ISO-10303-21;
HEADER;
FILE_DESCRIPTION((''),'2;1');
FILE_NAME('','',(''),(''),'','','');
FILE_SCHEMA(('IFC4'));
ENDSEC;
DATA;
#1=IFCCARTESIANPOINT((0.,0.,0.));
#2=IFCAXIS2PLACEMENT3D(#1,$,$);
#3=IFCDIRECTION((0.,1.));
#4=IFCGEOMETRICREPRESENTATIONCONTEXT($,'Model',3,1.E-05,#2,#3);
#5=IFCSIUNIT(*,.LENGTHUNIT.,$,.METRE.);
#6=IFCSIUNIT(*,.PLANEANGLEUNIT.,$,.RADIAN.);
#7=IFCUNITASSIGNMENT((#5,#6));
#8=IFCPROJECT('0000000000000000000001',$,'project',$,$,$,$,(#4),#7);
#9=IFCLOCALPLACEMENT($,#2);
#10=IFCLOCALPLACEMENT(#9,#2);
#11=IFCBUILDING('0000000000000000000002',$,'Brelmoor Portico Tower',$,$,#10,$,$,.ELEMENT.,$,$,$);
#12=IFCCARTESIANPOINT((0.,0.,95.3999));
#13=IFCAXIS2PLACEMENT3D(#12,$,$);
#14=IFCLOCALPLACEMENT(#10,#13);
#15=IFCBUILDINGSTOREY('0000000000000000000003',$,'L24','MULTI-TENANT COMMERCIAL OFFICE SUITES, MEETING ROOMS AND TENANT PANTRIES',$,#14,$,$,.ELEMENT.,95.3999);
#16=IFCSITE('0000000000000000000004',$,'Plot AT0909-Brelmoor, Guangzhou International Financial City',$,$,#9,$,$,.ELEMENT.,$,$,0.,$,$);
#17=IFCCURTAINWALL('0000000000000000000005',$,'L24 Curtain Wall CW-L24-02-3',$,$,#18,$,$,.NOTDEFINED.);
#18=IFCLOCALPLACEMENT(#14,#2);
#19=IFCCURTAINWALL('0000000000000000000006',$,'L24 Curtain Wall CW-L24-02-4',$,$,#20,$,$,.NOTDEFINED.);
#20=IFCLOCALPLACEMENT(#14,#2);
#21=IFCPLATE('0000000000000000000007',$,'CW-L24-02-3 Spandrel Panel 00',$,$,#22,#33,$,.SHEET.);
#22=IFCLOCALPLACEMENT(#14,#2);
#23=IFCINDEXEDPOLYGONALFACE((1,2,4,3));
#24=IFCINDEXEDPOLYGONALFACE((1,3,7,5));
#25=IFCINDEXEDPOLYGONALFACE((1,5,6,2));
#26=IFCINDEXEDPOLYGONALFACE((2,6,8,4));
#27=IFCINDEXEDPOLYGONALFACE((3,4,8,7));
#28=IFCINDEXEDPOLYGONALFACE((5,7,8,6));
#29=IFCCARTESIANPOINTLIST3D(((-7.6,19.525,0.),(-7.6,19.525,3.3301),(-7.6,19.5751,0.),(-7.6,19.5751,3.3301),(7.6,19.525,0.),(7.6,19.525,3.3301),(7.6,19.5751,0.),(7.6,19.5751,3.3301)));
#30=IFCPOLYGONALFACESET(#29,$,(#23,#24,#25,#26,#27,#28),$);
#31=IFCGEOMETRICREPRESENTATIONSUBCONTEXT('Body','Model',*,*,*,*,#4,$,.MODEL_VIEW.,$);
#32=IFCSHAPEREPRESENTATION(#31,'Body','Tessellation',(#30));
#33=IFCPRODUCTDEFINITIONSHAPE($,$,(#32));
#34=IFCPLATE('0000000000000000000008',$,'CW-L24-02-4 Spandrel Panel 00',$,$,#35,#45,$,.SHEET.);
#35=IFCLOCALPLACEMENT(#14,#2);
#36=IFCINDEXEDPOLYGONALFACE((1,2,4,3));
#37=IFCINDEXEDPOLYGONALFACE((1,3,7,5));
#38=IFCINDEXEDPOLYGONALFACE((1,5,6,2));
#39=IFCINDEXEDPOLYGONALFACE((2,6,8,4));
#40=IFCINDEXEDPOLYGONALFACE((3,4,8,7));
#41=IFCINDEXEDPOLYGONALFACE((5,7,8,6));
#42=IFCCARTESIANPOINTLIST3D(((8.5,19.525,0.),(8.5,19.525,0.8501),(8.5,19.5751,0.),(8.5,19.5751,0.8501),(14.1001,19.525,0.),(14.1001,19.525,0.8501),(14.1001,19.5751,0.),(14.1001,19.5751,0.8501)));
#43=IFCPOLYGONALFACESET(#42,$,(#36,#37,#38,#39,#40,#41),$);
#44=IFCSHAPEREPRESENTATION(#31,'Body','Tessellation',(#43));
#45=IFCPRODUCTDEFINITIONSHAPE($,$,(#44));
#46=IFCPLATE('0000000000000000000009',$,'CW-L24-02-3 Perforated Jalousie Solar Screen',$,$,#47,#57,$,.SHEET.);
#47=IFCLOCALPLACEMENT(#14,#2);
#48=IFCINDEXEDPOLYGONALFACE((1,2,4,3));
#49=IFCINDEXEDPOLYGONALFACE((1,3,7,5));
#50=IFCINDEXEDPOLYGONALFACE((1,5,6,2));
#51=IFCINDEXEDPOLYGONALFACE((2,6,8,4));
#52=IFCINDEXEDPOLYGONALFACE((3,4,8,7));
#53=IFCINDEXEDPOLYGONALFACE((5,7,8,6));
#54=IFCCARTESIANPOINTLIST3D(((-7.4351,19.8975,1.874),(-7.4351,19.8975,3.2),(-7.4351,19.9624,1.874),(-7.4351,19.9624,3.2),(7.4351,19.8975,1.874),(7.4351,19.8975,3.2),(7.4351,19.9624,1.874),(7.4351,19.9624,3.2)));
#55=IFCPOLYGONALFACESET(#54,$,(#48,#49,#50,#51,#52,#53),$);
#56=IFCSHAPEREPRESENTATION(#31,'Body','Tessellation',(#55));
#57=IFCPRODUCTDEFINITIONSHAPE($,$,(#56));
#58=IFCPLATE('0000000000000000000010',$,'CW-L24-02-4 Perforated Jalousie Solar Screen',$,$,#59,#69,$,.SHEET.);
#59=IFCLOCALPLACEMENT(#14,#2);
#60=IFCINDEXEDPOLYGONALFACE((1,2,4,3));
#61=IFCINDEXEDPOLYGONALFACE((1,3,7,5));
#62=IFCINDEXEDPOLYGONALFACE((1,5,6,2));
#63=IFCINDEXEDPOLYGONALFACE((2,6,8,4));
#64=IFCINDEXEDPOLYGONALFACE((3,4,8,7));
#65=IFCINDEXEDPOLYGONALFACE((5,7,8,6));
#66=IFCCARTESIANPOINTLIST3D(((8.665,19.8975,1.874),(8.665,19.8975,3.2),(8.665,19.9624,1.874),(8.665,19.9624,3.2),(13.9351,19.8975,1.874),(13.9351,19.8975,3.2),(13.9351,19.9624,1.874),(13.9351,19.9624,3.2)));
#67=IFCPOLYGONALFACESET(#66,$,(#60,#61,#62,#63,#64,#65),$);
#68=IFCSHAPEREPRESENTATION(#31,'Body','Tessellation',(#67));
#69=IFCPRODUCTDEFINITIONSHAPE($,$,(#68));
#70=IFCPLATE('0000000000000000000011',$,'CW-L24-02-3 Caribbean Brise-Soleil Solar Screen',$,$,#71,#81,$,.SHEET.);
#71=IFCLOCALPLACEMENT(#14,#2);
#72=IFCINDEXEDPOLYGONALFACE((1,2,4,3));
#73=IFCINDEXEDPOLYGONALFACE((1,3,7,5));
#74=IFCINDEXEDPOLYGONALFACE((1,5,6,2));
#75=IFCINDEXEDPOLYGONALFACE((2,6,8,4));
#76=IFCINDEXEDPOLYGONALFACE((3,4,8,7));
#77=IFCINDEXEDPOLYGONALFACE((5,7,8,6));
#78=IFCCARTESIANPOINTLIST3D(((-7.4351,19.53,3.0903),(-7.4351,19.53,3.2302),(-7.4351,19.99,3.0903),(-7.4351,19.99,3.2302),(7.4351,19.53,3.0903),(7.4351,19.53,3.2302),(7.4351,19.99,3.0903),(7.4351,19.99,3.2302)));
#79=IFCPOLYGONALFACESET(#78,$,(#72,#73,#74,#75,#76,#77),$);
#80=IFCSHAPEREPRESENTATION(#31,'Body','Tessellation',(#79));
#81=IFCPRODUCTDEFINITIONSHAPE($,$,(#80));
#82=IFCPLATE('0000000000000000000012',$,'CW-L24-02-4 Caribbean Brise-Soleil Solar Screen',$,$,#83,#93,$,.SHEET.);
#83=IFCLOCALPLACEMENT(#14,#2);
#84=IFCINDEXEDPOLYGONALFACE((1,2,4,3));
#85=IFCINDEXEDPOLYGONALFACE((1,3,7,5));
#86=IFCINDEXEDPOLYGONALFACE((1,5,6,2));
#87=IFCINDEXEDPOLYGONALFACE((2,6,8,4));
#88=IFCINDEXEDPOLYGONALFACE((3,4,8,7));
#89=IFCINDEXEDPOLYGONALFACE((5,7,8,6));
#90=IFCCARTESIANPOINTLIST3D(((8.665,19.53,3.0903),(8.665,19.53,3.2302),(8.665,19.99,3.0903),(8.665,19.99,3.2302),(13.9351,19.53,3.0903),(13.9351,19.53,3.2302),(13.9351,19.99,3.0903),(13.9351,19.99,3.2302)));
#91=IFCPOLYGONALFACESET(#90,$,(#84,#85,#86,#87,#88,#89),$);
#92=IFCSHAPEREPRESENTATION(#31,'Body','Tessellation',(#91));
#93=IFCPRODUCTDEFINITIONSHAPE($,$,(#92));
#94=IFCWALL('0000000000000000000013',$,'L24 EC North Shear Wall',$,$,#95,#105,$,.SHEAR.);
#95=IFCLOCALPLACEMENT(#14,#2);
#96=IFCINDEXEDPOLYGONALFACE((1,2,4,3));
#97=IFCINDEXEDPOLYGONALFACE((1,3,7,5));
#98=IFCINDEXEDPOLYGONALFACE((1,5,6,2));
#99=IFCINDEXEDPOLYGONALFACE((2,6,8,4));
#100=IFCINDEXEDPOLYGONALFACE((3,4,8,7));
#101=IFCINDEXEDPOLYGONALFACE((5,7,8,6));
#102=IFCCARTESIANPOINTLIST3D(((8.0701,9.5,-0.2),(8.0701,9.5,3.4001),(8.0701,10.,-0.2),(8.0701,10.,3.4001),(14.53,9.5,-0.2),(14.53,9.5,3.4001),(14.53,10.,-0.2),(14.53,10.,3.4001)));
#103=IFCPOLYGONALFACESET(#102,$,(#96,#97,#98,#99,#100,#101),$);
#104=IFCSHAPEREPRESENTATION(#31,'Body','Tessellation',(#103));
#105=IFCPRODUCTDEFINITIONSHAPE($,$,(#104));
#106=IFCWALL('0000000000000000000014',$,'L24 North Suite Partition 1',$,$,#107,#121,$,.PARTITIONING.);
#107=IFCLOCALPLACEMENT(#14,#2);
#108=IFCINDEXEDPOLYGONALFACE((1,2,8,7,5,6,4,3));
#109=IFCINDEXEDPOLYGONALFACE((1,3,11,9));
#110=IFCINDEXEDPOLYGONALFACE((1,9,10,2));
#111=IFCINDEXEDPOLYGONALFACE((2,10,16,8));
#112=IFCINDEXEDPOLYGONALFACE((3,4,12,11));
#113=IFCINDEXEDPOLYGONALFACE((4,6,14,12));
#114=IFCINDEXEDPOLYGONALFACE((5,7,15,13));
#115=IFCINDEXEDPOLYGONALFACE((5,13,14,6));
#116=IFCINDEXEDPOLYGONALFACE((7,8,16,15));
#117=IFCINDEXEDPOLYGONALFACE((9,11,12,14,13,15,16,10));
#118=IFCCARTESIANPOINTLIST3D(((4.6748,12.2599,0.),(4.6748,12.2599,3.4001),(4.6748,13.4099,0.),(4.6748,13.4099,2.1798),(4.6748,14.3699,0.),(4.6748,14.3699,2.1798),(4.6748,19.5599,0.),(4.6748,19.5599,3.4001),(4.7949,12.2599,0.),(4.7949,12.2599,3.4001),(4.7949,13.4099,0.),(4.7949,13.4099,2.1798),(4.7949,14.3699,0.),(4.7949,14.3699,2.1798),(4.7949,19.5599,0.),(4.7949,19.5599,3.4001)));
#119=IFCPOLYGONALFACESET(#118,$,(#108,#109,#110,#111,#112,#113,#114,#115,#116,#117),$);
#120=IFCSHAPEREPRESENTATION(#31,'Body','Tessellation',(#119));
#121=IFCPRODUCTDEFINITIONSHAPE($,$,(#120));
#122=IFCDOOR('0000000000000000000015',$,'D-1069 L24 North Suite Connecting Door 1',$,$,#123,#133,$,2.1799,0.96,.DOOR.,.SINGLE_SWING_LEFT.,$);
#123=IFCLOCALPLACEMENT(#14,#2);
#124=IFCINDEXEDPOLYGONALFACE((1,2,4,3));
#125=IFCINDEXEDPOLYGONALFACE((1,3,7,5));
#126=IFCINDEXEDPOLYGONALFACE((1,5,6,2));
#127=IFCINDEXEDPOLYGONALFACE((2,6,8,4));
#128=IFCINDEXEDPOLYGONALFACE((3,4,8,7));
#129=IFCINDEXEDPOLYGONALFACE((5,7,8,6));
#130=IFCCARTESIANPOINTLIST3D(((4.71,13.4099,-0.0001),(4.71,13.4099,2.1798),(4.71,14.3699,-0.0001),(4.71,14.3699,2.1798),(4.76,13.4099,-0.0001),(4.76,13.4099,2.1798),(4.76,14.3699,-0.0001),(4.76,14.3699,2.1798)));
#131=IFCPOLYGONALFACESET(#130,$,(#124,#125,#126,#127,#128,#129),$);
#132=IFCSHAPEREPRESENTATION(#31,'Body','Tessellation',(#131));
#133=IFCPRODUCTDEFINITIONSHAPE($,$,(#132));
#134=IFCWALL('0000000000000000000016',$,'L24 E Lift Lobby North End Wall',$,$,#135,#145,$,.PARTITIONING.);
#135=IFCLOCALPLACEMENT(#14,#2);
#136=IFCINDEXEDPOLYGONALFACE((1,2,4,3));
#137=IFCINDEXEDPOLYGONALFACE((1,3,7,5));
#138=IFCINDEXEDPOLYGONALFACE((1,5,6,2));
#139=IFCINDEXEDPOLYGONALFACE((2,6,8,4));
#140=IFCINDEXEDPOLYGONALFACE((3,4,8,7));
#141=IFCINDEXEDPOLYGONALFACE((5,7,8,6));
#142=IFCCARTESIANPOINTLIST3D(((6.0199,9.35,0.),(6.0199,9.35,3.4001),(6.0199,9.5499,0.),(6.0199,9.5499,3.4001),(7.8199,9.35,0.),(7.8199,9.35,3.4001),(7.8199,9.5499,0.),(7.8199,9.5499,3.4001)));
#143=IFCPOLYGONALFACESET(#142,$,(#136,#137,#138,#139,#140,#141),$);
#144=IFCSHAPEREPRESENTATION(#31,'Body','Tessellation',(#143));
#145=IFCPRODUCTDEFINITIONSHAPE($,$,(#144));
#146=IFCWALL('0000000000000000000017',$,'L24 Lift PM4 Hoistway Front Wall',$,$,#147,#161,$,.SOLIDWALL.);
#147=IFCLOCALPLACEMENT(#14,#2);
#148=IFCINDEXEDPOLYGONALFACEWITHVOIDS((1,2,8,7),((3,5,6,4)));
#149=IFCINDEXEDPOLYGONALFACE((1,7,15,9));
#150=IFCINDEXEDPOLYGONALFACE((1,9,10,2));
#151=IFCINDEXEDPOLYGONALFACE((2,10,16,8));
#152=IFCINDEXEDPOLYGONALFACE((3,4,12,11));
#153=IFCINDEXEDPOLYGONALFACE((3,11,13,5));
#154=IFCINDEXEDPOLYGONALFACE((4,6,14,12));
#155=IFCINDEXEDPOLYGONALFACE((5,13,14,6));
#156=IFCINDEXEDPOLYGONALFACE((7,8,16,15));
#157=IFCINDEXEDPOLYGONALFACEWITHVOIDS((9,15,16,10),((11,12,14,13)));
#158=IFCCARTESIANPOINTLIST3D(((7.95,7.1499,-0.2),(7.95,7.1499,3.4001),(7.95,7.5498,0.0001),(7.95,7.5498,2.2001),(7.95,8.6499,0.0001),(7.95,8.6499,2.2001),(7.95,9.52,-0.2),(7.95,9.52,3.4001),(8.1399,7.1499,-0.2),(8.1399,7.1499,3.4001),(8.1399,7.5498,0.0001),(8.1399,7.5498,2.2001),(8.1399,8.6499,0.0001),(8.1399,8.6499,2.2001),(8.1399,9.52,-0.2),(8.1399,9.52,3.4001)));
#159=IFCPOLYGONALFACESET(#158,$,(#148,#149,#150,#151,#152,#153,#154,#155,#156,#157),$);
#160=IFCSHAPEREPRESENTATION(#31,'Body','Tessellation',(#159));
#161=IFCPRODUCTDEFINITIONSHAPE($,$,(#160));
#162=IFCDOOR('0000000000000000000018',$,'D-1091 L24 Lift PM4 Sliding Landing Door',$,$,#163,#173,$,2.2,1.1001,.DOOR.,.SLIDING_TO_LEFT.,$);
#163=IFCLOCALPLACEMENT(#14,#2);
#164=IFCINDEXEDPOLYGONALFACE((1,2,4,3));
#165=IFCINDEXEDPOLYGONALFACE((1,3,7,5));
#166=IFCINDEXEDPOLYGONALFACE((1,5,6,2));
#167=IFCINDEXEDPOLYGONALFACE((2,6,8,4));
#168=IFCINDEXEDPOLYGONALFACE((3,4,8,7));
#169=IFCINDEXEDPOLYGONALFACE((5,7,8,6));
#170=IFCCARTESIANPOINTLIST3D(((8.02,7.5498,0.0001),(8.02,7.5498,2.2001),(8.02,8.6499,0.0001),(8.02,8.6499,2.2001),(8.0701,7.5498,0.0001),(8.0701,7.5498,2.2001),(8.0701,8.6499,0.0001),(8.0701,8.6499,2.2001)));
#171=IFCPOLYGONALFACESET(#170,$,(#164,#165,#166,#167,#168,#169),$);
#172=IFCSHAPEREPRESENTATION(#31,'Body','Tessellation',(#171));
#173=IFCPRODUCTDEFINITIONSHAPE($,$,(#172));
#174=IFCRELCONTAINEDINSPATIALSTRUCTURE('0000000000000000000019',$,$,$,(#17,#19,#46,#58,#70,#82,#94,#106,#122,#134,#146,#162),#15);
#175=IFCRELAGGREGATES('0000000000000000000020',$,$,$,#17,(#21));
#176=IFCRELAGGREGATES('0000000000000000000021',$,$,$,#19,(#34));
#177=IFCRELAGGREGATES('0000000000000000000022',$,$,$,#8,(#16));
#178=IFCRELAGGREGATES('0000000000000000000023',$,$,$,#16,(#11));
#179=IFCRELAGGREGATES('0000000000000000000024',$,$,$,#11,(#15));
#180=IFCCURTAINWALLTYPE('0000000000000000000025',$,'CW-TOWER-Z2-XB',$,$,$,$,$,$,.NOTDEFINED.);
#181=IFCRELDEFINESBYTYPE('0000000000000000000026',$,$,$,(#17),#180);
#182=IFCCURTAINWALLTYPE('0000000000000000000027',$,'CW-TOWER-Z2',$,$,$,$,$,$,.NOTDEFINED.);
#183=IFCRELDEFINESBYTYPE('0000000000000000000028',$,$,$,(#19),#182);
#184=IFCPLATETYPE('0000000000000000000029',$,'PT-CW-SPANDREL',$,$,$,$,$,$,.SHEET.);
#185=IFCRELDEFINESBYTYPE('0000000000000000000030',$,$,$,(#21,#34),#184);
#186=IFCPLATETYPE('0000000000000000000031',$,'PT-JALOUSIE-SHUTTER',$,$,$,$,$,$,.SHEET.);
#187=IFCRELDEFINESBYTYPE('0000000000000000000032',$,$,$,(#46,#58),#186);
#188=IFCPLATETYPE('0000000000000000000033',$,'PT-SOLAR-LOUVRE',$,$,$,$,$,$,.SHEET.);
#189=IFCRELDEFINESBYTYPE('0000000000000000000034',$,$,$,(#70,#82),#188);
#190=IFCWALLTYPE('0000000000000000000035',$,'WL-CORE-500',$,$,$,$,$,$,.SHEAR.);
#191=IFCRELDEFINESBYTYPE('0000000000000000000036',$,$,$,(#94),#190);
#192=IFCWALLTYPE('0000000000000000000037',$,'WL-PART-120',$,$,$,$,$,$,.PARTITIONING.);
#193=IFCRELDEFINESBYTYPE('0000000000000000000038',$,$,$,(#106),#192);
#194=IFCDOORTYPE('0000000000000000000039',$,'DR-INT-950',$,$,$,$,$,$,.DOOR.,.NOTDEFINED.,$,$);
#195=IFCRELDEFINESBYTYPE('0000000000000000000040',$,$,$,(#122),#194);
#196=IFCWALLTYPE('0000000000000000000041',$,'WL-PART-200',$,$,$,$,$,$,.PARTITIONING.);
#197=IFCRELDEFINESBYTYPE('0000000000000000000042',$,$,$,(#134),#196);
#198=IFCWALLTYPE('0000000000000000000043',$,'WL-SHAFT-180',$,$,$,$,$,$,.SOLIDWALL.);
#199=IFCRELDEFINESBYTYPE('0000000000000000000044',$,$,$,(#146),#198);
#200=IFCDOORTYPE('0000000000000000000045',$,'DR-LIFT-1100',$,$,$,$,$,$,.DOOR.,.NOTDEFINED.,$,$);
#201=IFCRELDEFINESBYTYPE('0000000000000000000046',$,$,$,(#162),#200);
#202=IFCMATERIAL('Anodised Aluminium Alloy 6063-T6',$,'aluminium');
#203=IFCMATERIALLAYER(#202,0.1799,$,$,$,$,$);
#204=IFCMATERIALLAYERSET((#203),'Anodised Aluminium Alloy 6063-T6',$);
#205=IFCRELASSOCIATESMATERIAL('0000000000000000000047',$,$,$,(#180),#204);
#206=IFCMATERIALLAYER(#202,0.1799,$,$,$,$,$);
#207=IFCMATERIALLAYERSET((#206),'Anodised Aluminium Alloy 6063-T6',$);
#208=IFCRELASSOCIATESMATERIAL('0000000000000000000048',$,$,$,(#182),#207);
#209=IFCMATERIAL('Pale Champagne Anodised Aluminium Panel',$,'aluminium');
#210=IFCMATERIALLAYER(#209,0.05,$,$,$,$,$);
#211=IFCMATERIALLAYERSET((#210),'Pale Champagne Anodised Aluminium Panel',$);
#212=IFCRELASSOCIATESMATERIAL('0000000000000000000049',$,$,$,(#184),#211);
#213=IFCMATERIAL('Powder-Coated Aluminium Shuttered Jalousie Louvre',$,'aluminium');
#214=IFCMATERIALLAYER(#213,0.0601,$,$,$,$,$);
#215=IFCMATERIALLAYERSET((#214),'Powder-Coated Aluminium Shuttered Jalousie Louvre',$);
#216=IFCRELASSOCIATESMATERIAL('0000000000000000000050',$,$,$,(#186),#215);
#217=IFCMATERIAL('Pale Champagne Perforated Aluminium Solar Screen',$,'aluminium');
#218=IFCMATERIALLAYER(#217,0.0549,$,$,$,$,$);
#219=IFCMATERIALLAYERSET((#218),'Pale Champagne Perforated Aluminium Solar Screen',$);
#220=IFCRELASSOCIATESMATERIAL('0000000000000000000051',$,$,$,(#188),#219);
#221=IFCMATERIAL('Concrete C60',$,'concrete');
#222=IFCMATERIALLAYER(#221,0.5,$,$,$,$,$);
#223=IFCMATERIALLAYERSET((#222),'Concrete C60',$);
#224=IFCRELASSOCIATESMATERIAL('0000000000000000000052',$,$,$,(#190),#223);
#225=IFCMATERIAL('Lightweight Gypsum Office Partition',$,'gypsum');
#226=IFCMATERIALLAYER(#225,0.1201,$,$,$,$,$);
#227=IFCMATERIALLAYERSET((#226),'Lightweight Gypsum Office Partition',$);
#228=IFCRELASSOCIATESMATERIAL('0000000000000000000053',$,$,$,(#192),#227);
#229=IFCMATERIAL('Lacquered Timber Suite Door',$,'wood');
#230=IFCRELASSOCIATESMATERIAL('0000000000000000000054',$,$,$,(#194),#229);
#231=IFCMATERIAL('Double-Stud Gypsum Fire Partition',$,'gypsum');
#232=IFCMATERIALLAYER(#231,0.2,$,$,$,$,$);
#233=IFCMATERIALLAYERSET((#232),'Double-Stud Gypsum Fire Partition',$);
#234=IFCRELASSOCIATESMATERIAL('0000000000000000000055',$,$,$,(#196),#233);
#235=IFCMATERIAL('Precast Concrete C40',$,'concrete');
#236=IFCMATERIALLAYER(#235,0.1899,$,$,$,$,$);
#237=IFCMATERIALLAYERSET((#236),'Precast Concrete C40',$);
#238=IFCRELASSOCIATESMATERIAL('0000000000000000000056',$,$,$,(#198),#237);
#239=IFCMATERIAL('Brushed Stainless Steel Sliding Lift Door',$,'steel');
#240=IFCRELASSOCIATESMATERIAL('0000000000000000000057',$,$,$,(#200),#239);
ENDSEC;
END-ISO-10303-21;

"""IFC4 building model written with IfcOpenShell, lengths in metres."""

from ifc_helpers import new_model, si_unit, direction, frame, frame_2d, origin, origin_2d, place, context, subcontext, project, spatial, rectangle, extrude, material, layer, layer_set, type_object, element, fill, aggregate, save


model = new_model("IFC4")

# Units and contexts
model_context = context("Model", 3, precision=1e-05, world=origin(), true_north=direction((0.0, 1.0)))
body_context = subcontext(model_context, "Body", "Model", "MODEL_VIEW")
ifc_project = project(units=[si_unit("LENGTHUNIT", "METRE"), si_unit("PLANEANGLEUNIT", "RADIAN")], contexts=[model_context])

# Site, building, storey
site_placement = place(None, origin())
site = spatial("IfcSite", under=ifc_project, at=site_placement, Name="Plot AT0909-Brelmoor, Guangzhou International Financial City", CompositionType="ELEMENT", RefElevation=0.0)
building_placement = place(site_placement, origin())
building = spatial("IfcBuilding", under=site, at=building_placement, Name="Brelmoor Portico Tower", CompositionType="ELEMENT")
storey_placement = place(building_placement, frame((0.0, 0.0, 95.3999)))
storey = spatial("IfcBuildingStorey", under=building, at=storey_placement, Name="L24", Description="MULTI-TENANT COMMERCIAL OFFICE SUITES, MEETING ROOMS AND TENANT PANTRIES", CompositionType="ELEMENT", Elevation=95.3999)

# Curtain wall
ifc_material_1 = material(Name="Anodised Aluminium Alloy 6063-T6", Category="aluminium")
ifc_layer_1 = layer(ifc_material_1, 0.1799)
ifc_layer_set_1 = layer_set([ifc_layer_1], Name="Anodised Aluminium Alloy 6063-T6")
curtain_wall_type_1 = type_object("IfcCurtainWallType", Name="CW-TOWER-Z2-XB", PredefinedType="NOTDEFINED", material=ifc_layer_set_1)
curtain_wall_1_placement = place(storey_placement, origin())
curtain_wall_1 = element("IfcCurtainWall", 1, at=curtain_wall_1_placement, inside=storey, type_object=curtain_wall_type_1, Name="L24 Curtain Wall CW-L24-02-3", PredefinedType="NOTDEFINED")

# Curtain wall
ifc_layer_2 = layer(ifc_material_1, 0.1799)
ifc_layer_set_2 = layer_set([ifc_layer_2], Name="Anodised Aluminium Alloy 6063-T6")
curtain_wall_type_2 = type_object("IfcCurtainWallType", Name="CW-TOWER-Z2", PredefinedType="NOTDEFINED", material=ifc_layer_set_2)
curtain_wall_2_placement = place(storey_placement, origin())
curtain_wall_2 = element("IfcCurtainWall", 2, at=curtain_wall_2_placement, inside=storey, type_object=curtain_wall_type_2, Name="L24 Curtain Wall CW-L24-02-4", PredefinedType="NOTDEFINED")

# Plates
ifc_material_2 = material(Name="Pale Champagne Anodised Aluminium Panel", Category="aluminium")
ifc_layer_3 = layer(ifc_material_2, 0.05)
ifc_layer_set_3 = layer_set([ifc_layer_3], Name="Pale Champagne Anodised Aluminium Panel")
plate_type_1 = type_object("IfcPlateType", Name="PT-CW-SPANDREL", PredefinedType="SHEET", material=ifc_layer_set_3)
plate_1_placement = place(storey_placement, frame((0.0, 19.55, 0.0), z_axis=(0.0, 0.0, 1.0), x_axis=(1.0, 0.0, 0.0)))
plate_1 = element("IfcPlate", 3, at=plate_1_placement, type_object=plate_type_1, Name="CW-L24-02-3 Spandrel Panel 00", PredefinedType="SHEET", context=body_context, shape_type="SweptSolid", body=[
    extrude(rectangle(XDim=15.2, YDim=0.05, at=origin_2d()), origin(), (0.0, 0.0, 1.0), 3.3301),
])
aggregate(curtain_wall_1, [plate_1])
plate_2_placement = place(storey_placement, frame((11.3, 19.55, 0.0), z_axis=(0.0, 0.0, 1.0), x_axis=(1.0, 0.0, 0.0)))
plate_2 = element("IfcPlate", 4, at=plate_2_placement, type_object=plate_type_1, Name="CW-L24-02-4 Spandrel Panel 00", PredefinedType="SHEET", context=body_context, shape_type="SweptSolid", body=[
    extrude(rectangle(XDim=5.6001, YDim=0.05, at=origin_2d()), origin(), (0.0, 0.0, 1.0), 0.8501),
])
aggregate(curtain_wall_2, [plate_2])

# Plates
ifc_material_3 = material(Name="Powder-Coated Aluminium Shuttered Jalousie Louvre", Category="aluminium")
ifc_layer_4 = layer(ifc_material_3, 0.0601)
ifc_layer_set_4 = layer_set([ifc_layer_4], Name="Powder-Coated Aluminium Shuttered Jalousie Louvre")
plate_type_2 = type_object("IfcPlateType", Name="PT-JALOUSIE-SHUTTER", PredefinedType="SHEET", material=ifc_layer_set_4)
plate_3_placement = place(storey_placement, frame((0.0, 19.9299, 1.874), z_axis=(0.0, 0.0, 1.0), x_axis=(1.0, 0.0, 0.0)))
element("IfcPlate", 5, at=plate_3_placement, inside=storey, type_object=plate_type_2, Name="CW-L24-02-3 Perforated Jalousie Solar Screen", PredefinedType="SHEET", context=body_context, shape_type="SweptSolid", body=[
    extrude(rectangle(XDim=14.8701, YDim=0.0649, at=origin_2d()), origin(), (0.0, 0.0, 1.0), 1.3259),
])
plate_4_placement = place(storey_placement, frame((11.3, 19.9299, 1.874), z_axis=(0.0, 0.0, 1.0), x_axis=(1.0, 0.0, 0.0)))
element("IfcPlate", 6, at=plate_4_placement, inside=storey, type_object=plate_type_2, Name="CW-L24-02-4 Perforated Jalousie Solar Screen", PredefinedType="SHEET", context=body_context, shape_type="SweptSolid", body=[
    extrude(rectangle(XDim=5.27, YDim=0.0649, at=origin_2d()), origin(), (0.0, 0.0, 1.0), 1.3259),
])
ifc_material_4 = material(Name="Pale Champagne Perforated Aluminium Solar Screen", Category="aluminium")
ifc_layer_5 = layer(ifc_material_4, 0.0549)
ifc_layer_set_5 = layer_set([ifc_layer_5], Name="Pale Champagne Perforated Aluminium Solar Screen")
plate_type_3 = type_object("IfcPlateType", Name="PT-SOLAR-LOUVRE", PredefinedType="SHEET", material=ifc_layer_set_5)
plate_5_placement = place(storey_placement, frame((0.0, 19.76, 3.0903), z_axis=(0.0, 0.0, 1.0), x_axis=(1.0, 0.0, 0.0)))
element("IfcPlate", 7, at=plate_5_placement, inside=storey, type_object=plate_type_3, Name="CW-L24-02-3 Caribbean Brise-Soleil Solar Screen", PredefinedType="SHEET", context=body_context, shape_type="SweptSolid", body=[
    extrude(rectangle(XDim=14.8701, YDim=0.46, at=origin_2d()), origin(), (0.0, 0.0, 1.0), 0.1399),
])
plate_6_placement = place(storey_placement, frame((11.3, 19.76, 3.0903), z_axis=(0.0, 0.0, 1.0), x_axis=(1.0, 0.0, 0.0)))
element("IfcPlate", 8, at=plate_6_placement, inside=storey, type_object=plate_type_3, Name="CW-L24-02-4 Caribbean Brise-Soleil Solar Screen", PredefinedType="SHEET", context=body_context, shape_type="SweptSolid", body=[
    extrude(rectangle(XDim=5.27, YDim=0.46, at=origin_2d()), origin(), (0.0, 0.0, 1.0), 0.1399),
])

# Wall
ifc_material_5 = material(Name="Concrete C60", Category="concrete")
ifc_layer_6 = layer(ifc_material_5, 0.5)
ifc_layer_set_6 = layer_set([ifc_layer_6], Name="Concrete C60")
wall_type_1 = type_object("IfcWallType", Name="WL-CORE-500", PredefinedType="SHEAR", material=ifc_layer_set_6)
wall_1_placement = place(storey_placement, frame((8.0701, 9.75, -0.2), z_axis=(0.0, 0.0, 1.0), x_axis=(1.0, 0.0, 0.0)))
element("IfcWall", 9, at=wall_1_placement, inside=storey, type_object=wall_type_1, Name="L24 EC North Shear Wall", PredefinedType="SHEAR", context=body_context, shape_type="SweptSolid", body=[
    extrude(rectangle(XDim=6.46, YDim=0.5, at=frame_2d((3.23, 0.0))), origin(), (0.0, 0.0, 1.0), 3.6001),
])

# Wall, opening, door
ifc_material_6 = material(Name="Lightweight Gypsum Office Partition", Category="gypsum")
ifc_layer_7 = layer(ifc_material_6, 0.1201)
ifc_layer_set_7 = layer_set([ifc_layer_7], Name="Lightweight Gypsum Office Partition")
wall_type_2 = type_object("IfcWallType", Name="WL-PART-120", PredefinedType="PARTITIONING", material=ifc_layer_set_7)
wall_2_placement = place(storey_placement, frame((4.7349, 12.26, 0.0), z_axis=(0.0, 0.0, 1.0), x_axis=(0.0, 1.0, 0.0)))
wall_2 = element("IfcWall", 10, at=wall_2_placement, inside=storey, type_object=wall_type_2, Name="L24 North Suite Partition 1", PredefinedType="PARTITIONING", context=body_context, shape_type="SweptSolid", body=[
    extrude(rectangle(XDim=7.3, YDim=0.1201, at=frame_2d((3.6499, 0.0))), origin(), (0.0, 0.0, 1.0), 3.4001),
])
opening_1_placement = place(wall_2_placement, frame((1.1499, 0.0, 0.0)))
opening_1 = element("IfcOpeningElement", 11, at=opening_1_placement, cuts=wall_2, PredefinedType="OPENING", context=body_context, shape_type="SweptSolid", body=[
    extrude(rectangle(XDim=0.96, YDim=2.1799, at=frame_2d((0.48, 1.0898))), frame((0.0, 0.0701, 0.0), z_axis=(0.0, -1.0, 0.0), x_axis=(1.0, 0.0, 0.0)), (0.0, 0.0, 1.0), 0.1401),
])
ifc_material_7 = material(Name="Lacquered Timber Suite Door", Category="wood")
door_type_1 = type_object("IfcDoorType", Name="DR-INT-950", OperationType="NOTDEFINED", PredefinedType="DOOR", material=ifc_material_7)
door_1_placement = place(opening_1_placement, origin())
door_1 = element("IfcDoor", 12, at=door_1_placement, inside=storey, type_object=door_type_1, Name="D-1069 L24 North Suite Connecting Door 1", OperationType="SINGLE_SWING_LEFT", OverallHeight=2.1799, OverallWidth=0.96, PredefinedType="DOOR", context=body_context, shape_type="SweptSolid", body=[
    extrude(rectangle(XDim=0.96, YDim=2.1799, at=frame_2d((0.48, 1.0898))), frame((0.0, 0.0249, 0.0), z_axis=(0.0, -1.0, 0.0), x_axis=(1.0, 0.0, 0.0)), (0.0, 0.0, 1.0), 0.05),
])
fill(opening_1, door_1)

# Wall
ifc_material_8 = material(Name="Double-Stud Gypsum Fire Partition", Category="gypsum")
ifc_layer_8 = layer(ifc_material_8, 0.2)
ifc_layer_set_8 = layer_set([ifc_layer_8], Name="Double-Stud Gypsum Fire Partition")
wall_type_3 = type_object("IfcWallType", Name="WL-PART-200", PredefinedType="PARTITIONING", material=ifc_layer_set_8)
wall_3_placement = place(storey_placement, frame((6.02, 9.45, 0.0), z_axis=(0.0, 0.0, 1.0), x_axis=(1.0, 0.0, 0.0)))
element("IfcWall", 13, at=wall_3_placement, inside=storey, type_object=wall_type_3, Name="L24 E Lift Lobby North End Wall", PredefinedType="PARTITIONING", context=body_context, shape_type="SweptSolid", body=[
    extrude(rectangle(XDim=1.8, YDim=0.2, at=frame_2d((0.8999, 0.0))), origin(), (0.0, 0.0, 1.0), 3.4001),
])

# Wall, opening, door
ifc_material_9 = material(Name="Precast Concrete C40", Category="concrete")
ifc_layer_9 = layer(ifc_material_9, 0.1899)
ifc_layer_set_9 = layer_set([ifc_layer_9], Name="Precast Concrete C40")
wall_type_4 = type_object("IfcWallType", Name="WL-SHAFT-180", PredefinedType="SOLIDWALL", material=ifc_layer_set_9)
wall_4_placement = place(storey_placement, frame((8.0449, 7.1499, -0.2), z_axis=(0.0, 0.0, 1.0), x_axis=(0.0, 1.0, 0.0)))
wall_4 = element("IfcWall", 14, at=wall_4_placement, inside=storey, type_object=wall_type_4, Name="L24 Lift PM4 Hoistway Front Wall", PredefinedType="SOLIDWALL", context=body_context, shape_type="SweptSolid", body=[
    extrude(rectangle(XDim=2.3701, YDim=0.1899, at=frame_2d((1.1851, 0.0))), origin(), (0.0, 0.0, 1.0), 3.6001),
])
opening_2_placement = place(wall_4_placement, frame((0.3999, 0.0, 0.2)))
opening_2 = element("IfcOpeningElement", 15, at=opening_2_placement, cuts=wall_4, PredefinedType="OPENING", context=body_context, shape_type="SweptSolid", body=[
    extrude(rectangle(XDim=1.1001, YDim=2.2, at=frame_2d((0.55, 1.1001))), frame((0.0, 0.105, 0.0), z_axis=(0.0, -1.0, 0.0), x_axis=(1.0, 0.0, 0.0)), (0.0, 0.0, 1.0), 0.21),
])
ifc_material_10 = material(Name="Brushed Stainless Steel Sliding Lift Door", Category="steel")
door_type_2 = type_object("IfcDoorType", Name="DR-LIFT-1100", OperationType="NOTDEFINED", PredefinedType="DOOR", material=ifc_material_10)
door_2_placement = place(opening_2_placement, origin())
door_2 = element("IfcDoor", 16, at=door_2_placement, inside=storey, type_object=door_type_2, Name="D-1091 L24 Lift PM4 Sliding Landing Door", OperationType="SLIDING_TO_LEFT", OverallHeight=2.2, OverallWidth=1.1001, PredefinedType="DOOR", context=body_context, shape_type="SweptSolid", body=[
    extrude(rectangle(XDim=1.1001, YDim=2.2, at=frame_2d((0.55, 1.1001))), frame((0.0, 0.0249, 0.0), z_axis=(0.0, -1.0, 0.0), x_axis=(1.0, 0.0, 0.0)), (0.0, 0.0, 1.0), 0.05),
])
fill(opening_2, door_2)

save(model, "model.ifc")
